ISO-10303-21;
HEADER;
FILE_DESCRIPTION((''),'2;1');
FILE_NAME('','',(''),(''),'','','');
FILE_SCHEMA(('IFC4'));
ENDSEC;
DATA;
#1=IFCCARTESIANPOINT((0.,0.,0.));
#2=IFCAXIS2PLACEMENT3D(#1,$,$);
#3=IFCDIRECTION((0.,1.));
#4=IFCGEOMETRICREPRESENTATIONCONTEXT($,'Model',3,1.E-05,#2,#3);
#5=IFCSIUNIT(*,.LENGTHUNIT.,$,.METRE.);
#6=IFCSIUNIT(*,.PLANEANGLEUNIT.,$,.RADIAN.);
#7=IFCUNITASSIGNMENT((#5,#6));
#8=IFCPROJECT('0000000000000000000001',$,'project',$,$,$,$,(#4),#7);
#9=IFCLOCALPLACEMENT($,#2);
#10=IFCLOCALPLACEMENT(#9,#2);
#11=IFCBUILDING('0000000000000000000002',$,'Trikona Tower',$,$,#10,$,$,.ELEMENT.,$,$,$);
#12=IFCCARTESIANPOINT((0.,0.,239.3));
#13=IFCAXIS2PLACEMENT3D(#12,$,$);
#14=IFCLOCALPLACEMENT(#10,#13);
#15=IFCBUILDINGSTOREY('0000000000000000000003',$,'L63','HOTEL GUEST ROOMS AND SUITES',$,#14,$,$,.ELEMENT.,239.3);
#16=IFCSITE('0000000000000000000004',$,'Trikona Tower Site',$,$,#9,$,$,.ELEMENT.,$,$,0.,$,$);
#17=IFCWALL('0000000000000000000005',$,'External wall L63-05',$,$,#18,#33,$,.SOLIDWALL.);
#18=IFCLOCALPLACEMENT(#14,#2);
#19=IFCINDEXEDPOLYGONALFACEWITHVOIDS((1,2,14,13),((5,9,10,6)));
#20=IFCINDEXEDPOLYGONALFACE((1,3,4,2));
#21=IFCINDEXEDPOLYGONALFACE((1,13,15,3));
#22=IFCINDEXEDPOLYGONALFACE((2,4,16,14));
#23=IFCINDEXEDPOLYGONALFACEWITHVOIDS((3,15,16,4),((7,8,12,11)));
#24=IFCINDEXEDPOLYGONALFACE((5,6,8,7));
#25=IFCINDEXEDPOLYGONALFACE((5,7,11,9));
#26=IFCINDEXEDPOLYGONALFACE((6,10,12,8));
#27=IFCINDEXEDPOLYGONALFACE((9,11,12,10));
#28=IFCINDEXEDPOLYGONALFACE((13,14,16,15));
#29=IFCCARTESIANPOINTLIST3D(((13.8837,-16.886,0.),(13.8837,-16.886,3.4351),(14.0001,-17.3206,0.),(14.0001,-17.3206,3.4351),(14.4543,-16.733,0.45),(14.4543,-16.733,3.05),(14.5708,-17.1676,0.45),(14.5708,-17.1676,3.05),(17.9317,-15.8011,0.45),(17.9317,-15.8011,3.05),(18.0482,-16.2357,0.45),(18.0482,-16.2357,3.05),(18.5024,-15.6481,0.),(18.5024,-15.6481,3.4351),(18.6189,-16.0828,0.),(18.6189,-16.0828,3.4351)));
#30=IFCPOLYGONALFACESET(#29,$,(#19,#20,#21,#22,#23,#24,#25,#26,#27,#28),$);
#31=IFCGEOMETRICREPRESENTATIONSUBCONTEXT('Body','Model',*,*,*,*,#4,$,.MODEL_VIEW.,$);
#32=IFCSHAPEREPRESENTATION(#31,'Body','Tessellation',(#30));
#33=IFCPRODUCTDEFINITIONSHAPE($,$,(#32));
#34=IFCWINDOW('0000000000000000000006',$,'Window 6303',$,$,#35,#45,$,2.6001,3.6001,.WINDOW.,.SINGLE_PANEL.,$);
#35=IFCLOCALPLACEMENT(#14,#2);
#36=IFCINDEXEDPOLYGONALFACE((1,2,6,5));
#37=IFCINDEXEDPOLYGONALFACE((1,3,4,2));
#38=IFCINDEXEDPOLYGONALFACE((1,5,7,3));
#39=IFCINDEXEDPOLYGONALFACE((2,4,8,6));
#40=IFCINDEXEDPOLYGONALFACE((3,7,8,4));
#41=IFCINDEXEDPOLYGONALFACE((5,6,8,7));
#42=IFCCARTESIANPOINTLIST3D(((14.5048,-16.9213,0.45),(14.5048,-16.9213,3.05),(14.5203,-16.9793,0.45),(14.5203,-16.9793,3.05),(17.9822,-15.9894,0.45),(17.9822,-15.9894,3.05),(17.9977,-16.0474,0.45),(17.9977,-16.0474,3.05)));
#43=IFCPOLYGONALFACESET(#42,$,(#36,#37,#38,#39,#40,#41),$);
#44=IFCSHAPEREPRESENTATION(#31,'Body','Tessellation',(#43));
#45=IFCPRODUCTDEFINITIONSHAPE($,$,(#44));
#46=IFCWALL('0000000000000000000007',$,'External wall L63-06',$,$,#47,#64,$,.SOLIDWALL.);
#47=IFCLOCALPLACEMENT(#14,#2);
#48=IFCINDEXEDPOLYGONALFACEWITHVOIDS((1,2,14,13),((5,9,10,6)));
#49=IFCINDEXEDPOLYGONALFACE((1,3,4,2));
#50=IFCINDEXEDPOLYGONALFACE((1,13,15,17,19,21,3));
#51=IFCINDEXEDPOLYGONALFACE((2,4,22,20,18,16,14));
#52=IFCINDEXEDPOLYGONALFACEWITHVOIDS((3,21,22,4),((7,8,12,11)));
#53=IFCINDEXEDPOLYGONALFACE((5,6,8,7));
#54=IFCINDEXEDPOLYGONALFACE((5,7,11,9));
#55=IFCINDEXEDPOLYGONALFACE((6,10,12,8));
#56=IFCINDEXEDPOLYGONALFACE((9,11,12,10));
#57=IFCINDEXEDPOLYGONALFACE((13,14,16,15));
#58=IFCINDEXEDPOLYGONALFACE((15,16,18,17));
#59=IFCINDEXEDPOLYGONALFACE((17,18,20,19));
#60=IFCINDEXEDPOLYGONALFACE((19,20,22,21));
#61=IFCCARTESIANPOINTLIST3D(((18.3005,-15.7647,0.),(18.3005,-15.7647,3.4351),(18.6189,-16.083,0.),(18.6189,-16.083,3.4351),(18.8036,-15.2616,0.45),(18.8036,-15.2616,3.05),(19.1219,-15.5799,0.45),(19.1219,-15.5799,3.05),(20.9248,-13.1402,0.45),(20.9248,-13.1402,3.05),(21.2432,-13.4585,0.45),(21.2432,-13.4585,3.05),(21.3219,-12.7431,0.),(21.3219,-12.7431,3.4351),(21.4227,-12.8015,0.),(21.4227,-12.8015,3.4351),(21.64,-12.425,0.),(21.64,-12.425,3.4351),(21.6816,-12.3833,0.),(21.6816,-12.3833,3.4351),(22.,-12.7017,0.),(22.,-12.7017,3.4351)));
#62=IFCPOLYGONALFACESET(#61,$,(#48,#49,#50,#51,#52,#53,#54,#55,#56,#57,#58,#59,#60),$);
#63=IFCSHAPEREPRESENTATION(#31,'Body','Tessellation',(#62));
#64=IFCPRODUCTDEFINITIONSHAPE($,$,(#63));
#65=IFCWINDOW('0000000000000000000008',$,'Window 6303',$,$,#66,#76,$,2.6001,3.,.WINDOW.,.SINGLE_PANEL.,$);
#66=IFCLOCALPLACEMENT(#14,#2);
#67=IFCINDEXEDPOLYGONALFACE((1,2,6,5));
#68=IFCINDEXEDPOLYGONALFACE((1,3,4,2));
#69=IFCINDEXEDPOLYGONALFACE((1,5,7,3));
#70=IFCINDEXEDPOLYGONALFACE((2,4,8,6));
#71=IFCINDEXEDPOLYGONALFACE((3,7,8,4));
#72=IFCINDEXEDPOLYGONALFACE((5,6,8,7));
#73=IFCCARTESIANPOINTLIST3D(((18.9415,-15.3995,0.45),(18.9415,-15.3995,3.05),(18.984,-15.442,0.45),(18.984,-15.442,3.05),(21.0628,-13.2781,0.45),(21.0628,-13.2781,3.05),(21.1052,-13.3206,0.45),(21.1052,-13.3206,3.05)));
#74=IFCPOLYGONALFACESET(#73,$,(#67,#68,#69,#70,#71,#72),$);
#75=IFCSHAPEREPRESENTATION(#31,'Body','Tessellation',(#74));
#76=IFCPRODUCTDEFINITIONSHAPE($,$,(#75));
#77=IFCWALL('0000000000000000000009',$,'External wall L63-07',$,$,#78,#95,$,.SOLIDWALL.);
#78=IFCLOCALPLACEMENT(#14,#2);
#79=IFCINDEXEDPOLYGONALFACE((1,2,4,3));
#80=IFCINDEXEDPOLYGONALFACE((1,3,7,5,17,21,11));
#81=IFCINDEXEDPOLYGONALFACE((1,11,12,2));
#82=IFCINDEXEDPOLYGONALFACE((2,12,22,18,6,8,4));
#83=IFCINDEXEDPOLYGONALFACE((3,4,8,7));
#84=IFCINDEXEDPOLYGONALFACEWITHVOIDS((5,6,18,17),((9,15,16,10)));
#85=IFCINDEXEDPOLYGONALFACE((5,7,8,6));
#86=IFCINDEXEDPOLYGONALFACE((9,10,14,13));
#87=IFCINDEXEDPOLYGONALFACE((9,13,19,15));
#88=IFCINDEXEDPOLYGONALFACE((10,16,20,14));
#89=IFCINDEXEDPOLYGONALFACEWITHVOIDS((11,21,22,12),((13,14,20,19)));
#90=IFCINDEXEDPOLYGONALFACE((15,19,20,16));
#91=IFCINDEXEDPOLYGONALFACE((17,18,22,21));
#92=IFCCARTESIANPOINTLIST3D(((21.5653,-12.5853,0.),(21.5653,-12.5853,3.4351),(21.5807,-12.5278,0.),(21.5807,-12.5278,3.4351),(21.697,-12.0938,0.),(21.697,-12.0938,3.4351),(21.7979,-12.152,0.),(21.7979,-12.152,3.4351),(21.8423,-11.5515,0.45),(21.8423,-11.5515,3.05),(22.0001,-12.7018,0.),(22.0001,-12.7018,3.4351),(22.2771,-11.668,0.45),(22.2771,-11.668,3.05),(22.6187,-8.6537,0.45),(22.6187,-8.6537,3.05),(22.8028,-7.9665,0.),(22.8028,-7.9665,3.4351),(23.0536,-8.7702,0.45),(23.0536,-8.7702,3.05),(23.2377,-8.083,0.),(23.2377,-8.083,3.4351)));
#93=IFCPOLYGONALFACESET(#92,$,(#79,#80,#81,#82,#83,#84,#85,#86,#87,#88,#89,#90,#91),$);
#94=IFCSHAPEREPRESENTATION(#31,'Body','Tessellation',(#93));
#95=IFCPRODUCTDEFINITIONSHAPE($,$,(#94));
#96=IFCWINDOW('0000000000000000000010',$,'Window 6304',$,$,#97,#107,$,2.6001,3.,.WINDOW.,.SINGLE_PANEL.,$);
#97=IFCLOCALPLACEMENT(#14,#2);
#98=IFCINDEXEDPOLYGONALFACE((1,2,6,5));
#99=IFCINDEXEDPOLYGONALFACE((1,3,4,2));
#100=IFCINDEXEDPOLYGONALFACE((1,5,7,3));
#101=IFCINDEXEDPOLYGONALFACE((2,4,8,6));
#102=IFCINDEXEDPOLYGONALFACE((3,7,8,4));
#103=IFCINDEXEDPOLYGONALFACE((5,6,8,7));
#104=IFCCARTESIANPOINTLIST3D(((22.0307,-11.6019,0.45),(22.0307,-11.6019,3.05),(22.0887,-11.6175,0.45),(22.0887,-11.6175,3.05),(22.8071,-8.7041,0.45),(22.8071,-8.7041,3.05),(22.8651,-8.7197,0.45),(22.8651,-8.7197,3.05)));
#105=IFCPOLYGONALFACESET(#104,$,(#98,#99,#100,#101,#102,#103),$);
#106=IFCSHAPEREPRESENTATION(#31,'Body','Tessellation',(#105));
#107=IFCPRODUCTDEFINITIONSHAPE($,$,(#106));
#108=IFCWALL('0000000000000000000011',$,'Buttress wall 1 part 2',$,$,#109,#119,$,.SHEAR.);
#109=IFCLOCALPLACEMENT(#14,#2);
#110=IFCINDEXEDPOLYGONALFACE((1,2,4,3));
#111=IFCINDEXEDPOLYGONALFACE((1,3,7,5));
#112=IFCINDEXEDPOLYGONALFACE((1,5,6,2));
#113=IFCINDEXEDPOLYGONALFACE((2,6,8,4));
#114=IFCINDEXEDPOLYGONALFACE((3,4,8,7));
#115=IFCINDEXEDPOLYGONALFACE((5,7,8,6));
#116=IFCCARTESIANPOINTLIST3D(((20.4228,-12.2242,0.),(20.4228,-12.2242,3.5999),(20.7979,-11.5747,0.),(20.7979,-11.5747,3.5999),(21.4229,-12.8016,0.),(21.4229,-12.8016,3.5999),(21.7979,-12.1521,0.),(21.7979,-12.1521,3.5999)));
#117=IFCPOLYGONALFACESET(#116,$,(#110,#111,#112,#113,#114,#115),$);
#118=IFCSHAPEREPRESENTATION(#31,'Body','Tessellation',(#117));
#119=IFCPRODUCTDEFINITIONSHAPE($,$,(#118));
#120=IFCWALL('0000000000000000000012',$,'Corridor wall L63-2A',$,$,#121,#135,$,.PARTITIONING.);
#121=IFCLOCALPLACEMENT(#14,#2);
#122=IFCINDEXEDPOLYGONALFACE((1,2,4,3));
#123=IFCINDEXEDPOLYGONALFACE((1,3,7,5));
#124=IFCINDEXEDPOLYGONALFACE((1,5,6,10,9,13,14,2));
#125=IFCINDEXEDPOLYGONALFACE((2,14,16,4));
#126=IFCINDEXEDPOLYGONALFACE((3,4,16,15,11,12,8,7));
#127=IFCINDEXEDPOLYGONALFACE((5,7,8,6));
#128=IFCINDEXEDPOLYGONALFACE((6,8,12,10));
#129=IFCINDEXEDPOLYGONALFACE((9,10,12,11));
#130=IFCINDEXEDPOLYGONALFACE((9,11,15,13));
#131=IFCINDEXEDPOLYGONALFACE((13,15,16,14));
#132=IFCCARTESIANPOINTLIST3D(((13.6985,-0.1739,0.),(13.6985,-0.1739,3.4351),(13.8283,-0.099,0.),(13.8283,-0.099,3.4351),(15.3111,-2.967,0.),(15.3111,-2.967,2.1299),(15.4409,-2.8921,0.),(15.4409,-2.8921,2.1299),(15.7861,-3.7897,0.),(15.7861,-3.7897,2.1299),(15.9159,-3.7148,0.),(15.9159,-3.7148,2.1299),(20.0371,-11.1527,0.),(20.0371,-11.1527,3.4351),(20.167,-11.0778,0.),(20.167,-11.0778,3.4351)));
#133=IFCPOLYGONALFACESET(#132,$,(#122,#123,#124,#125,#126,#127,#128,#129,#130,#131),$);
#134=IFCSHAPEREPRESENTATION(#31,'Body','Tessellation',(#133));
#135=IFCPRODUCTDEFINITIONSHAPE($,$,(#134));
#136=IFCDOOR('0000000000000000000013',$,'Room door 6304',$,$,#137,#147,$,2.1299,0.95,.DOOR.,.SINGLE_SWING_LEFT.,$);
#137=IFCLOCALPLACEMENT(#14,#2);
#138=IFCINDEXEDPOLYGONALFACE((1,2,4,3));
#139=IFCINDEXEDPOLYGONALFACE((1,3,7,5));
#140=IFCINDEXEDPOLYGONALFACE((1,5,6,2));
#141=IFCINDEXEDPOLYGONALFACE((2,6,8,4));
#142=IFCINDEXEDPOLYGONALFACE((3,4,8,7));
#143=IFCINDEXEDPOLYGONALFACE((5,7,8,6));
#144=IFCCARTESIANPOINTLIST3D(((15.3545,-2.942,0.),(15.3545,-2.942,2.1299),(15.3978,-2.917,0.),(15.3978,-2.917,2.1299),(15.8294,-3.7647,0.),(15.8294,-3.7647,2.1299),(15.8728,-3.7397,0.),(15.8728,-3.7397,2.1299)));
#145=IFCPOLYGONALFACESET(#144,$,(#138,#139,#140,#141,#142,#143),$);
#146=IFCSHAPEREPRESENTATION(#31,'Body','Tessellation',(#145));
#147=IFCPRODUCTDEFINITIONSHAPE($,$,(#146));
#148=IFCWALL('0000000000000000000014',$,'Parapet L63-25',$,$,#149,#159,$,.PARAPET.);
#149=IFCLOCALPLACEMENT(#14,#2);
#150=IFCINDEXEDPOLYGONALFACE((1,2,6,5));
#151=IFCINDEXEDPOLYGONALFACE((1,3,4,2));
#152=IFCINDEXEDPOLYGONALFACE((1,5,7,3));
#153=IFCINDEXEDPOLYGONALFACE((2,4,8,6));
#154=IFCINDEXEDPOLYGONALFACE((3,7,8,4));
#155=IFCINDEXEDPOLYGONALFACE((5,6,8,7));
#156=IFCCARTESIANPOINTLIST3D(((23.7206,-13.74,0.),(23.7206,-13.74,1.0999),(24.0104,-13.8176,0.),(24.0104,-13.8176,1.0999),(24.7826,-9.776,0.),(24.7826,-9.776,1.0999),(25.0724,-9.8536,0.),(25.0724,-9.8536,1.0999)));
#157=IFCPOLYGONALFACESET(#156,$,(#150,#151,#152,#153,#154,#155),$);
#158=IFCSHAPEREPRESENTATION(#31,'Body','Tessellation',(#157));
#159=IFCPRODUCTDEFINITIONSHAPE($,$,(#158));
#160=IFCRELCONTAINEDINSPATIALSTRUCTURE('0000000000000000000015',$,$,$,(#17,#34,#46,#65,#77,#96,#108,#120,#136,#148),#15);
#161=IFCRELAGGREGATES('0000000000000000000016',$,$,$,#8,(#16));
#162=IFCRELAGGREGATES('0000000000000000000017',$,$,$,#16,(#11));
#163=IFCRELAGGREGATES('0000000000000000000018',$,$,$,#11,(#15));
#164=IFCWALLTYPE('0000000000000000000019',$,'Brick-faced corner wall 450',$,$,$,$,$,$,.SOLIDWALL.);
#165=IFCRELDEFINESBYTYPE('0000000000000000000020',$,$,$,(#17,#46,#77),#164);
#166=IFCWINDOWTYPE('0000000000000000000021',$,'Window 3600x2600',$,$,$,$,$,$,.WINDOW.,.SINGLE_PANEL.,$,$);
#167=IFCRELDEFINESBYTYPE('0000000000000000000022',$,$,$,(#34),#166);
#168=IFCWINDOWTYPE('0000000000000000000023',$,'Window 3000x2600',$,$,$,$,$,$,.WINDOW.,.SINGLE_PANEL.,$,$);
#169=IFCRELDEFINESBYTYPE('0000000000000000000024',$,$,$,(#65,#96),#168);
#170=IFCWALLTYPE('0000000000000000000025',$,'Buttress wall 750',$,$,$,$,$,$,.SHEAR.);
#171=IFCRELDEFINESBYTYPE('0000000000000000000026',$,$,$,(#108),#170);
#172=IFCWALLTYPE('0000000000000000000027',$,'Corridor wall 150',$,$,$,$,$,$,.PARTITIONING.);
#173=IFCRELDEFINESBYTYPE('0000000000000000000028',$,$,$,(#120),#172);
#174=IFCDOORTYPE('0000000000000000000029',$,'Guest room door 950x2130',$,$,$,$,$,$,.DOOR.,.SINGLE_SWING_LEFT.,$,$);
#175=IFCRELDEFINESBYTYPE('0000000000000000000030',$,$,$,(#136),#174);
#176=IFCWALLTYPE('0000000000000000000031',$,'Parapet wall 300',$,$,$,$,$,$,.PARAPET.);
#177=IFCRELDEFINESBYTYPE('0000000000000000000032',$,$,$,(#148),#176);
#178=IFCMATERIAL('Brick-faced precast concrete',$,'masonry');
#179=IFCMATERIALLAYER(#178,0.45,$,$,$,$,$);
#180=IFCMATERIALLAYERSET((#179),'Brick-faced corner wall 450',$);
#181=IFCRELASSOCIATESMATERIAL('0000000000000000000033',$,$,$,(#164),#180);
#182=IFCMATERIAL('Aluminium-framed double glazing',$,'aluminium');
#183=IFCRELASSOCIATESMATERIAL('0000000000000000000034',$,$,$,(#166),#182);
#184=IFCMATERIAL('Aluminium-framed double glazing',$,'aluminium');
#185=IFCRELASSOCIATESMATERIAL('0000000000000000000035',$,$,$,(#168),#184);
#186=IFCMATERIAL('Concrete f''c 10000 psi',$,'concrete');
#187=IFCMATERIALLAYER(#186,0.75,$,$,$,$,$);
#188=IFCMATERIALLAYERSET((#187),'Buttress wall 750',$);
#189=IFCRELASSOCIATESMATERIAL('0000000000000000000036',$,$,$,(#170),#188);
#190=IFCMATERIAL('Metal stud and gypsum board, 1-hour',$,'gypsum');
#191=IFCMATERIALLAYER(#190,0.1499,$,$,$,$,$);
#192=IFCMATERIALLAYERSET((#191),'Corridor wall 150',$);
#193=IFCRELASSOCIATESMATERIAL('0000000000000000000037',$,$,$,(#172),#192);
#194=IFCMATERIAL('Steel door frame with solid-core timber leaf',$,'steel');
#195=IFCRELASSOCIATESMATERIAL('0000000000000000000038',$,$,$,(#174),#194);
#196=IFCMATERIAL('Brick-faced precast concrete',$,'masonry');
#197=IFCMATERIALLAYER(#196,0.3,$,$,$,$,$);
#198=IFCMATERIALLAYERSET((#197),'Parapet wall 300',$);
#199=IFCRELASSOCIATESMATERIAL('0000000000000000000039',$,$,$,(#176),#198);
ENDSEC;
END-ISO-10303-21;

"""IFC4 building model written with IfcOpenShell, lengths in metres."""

from ifc_helpers import new_model, si_unit, direction, frame, frame_2d, origin, place, context, subcontext, project, spatial, polyline, rectangle, outline, extrude, material, layer, layer_set, type_object, element, fill, save


model = new_model("IFC4")

# Units and contexts
model_context = context("Model", 3, precision=1e-05, world=origin(), true_north=direction((0.0, 1.0)))
body_context = subcontext(model_context, "Body", "Model", "MODEL_VIEW")
ifc_project = project(units=[si_unit("LENGTHUNIT", "METRE"), si_unit("PLANEANGLEUNIT", "RADIAN")], contexts=[model_context])

# Site, building, storey
site_placement = place(None, origin())
site = spatial("IfcSite", under=ifc_project, at=site_placement, Name="Trikona Tower Site", CompositionType="ELEMENT", RefElevation=0.0)
building_placement = place(site_placement, origin())
building = spatial("IfcBuilding", under=site, at=building_placement, Name="Trikona Tower", CompositionType="ELEMENT")
storey_placement = place(building_placement, frame((0.0, 0.0, 239.3)))
storey = spatial("IfcBuildingStorey", under=building, at=storey_placement, Name="L63", Description="HOTEL GUEST ROOMS AND SUITES", CompositionType="ELEMENT", Elevation=239.3)

# Walls, openings, windows
ifc_material_1 = material(Name="Brick-faced precast concrete", Category="masonry")
ifc_layer_1 = layer(ifc_material_1, 0.45)
ifc_layer_set_1 = layer_set([ifc_layer_1], Name="Brick-faced corner wall 450")
wall_type_1 = type_object("IfcWallType", Name="Brick-faced corner wall 450", PredefinedType="SOLIDWALL", material=ifc_layer_set_1)
wall_1_placement = place(storey_placement, frame((13.9419, -17.1033, 0.0), z_axis=(0.0, 0.0, 1.0), x_axis=(0.965914, 0.258864, 0.0)))
wall_1 = element("IfcWall", 1, at=wall_1_placement, inside=storey, type_object=wall_type_1, Name="External wall L63-05", PredefinedType="SOLIDWALL", context=body_context, shape_type="SweptSolid", body=[
    extrude(rectangle(XDim=4.7817, YDim=0.45, at=frame_2d((2.3909, 0.0))), origin(), (0.0, 0.0, 1.0), 3.4351),
])
opening_1_placement = place(wall_1_placement, frame((0.5908, 0.0, 0.45)))
opening_1 = element("IfcOpeningElement", 2, at=opening_1_placement, cuts=wall_1, PredefinedType="OPENING", context=body_context, shape_type="SweptSolid", body=[
    extrude(rectangle(XDim=3.6001, YDim=2.6001, at=frame_2d((1.8, 1.3))), frame((0.0, 0.2349, 0.0), z_axis=(0.0, -1.0, 0.0), x_axis=(1.0, 0.0, 0.0)), (0.0, 0.0, 1.0), 0.47),
])
ifc_material_2 = material(Name="Aluminium-framed double glazing", Category="aluminium")
window_type_1 = type_object("IfcWindowType", Name="Window 3600x2600", PartitioningType="SINGLE_PANEL", PredefinedType="WINDOW", material=ifc_material_2)
window_1_placement = place(opening_1_placement, origin())
window_1 = element("IfcWindow", 3, at=window_1_placement, inside=storey, type_object=window_type_1, Name="Window 6303", OverallHeight=2.6001, OverallWidth=3.6001, PartitioningType="SINGLE_PANEL", PredefinedType="WINDOW", context=body_context, shape_type="SweptSolid", body=[
    extrude(rectangle(XDim=3.6001, YDim=2.6001, at=frame_2d((1.8, 1.3))), frame((0.0, 0.03, 0.0), z_axis=(0.0, -1.0, 0.0), x_axis=(1.0, 0.0, 0.0)), (0.0, 0.0, 1.0), 0.0601),
])
fill(opening_1, window_1)
wall_2_placement = place(storey_placement, frame((18.4597, -15.9238, 0.0), z_axis=(0.0, 0.0, 1.0), x_axis=(0.707081, 0.707132, 0.0)))
wall_2 = element("IfcWall", 4, at=wall_2_placement, inside=storey, type_object=wall_type_1, Name="External wall L63-06", PredefinedType="SOLIDWALL", context=body_context, shape_type="SweptSolid", body=[
    extrude(outline(polyline([(4.7817, 0.2251), (4.7229, 0.2251), (4.303, 0.1125), (4.2729, 0.2251), (0.0, 0.2251), (0.0, -0.2251), (4.7817, -0.2251), (4.7817, 0.2251)])), origin(), (0.0, 0.0, 1.0), 3.4351),
])
opening_2_placement = place(wall_2_placement, frame((0.7114, 0.0, 0.45)))
opening_2 = element("IfcOpeningElement", 5, at=opening_2_placement, cuts=wall_2, PredefinedType="OPENING", context=body_context, shape_type="SweptSolid", body=[
    extrude(rectangle(XDim=3.0, YDim=2.6001, at=frame_2d((1.5, 1.3))), frame((0.0, 0.2349, 0.0), z_axis=(0.0, -1.0, 0.0), x_axis=(1.0, 0.0, 0.0)), (0.0, 0.0, 1.0), 0.47),
])
ifc_material_3 = material(Name="Aluminium-framed double glazing", Category="aluminium")
window_type_2 = type_object("IfcWindowType", Name="Window 3000x2600", PartitioningType="SINGLE_PANEL", PredefinedType="WINDOW", material=ifc_material_3)
window_2_placement = place(opening_2_placement, origin())
window_2 = element("IfcWindow", 6, at=window_2_placement, inside=storey, type_object=window_type_2, Name="Window 6303", OverallHeight=2.6001, OverallWidth=3.0, PartitioningType="SINGLE_PANEL", PredefinedType="WINDOW", context=body_context, shape_type="SweptSolid", body=[
    extrude(rectangle(XDim=3.0, YDim=2.6001, at=frame_2d((1.5, 1.3))), frame((0.0, 0.03, 0.0), z_axis=(0.0, -1.0, 0.0), x_axis=(1.0, 0.0, 0.0)), (0.0, 0.0, 1.0), 0.0601),
])
fill(opening_2, window_2)
wall_3_placement = place(storey_placement, frame((21.7827, -12.6436, 0.0), z_axis=(0.0, 0.0, 1.0), x_axis=(0.258803, 0.96593, 0.0)))
wall_3 = element("IfcWall", 7, at=wall_3_placement, inside=storey, type_object=wall_type_1, Name="External wall L63-07", PredefinedType="SOLIDWALL", context=body_context, shape_type="SweptSolid", body=[
    extrude(outline(polyline([(4.7817, 0.2251), (0.5088, 0.2251), (0.4788, 0.1125), (0.0596, 0.2251), (0.0, 0.2251), (0.0, -0.2251), (4.7817, -0.2251), (4.7817, 0.2251)])), origin(), (0.0, 0.0, 1.0), 3.4351),
])
opening_3_placement = place(wall_3_placement, frame((1.0703, 0.0, 0.45)))
opening_3 = element("IfcOpeningElement", 8, at=opening_3_placement, cuts=wall_3, PredefinedType="OPENING", context=body_context, shape_type="SweptSolid", body=[
    extrude(rectangle(XDim=3.0, YDim=2.6001, at=frame_2d((1.5, 1.3))), frame((0.0, 0.2349, 0.0), z_axis=(0.0, -1.0, 0.0), x_axis=(1.0, 0.0, 0.0)), (0.0, 0.0, 1.0), 0.47),
])
window_3_placement = place(opening_3_placement, origin())
window_3 = element("IfcWindow", 9, at=window_3_placement, inside=storey, type_object=window_type_2, Name="Window 6304", OverallHeight=2.6001, OverallWidth=3.0, PartitioningType="SINGLE_PANEL", PredefinedType="WINDOW", context=body_context, shape_type="SweptSolid", body=[
    extrude(rectangle(XDim=3.0, YDim=2.6001, at=frame_2d((1.5, 1.3))), frame((0.0, 0.03, 0.0), z_axis=(0.0, -1.0, 0.0), x_axis=(1.0, 0.0, 0.0)), (0.0, 0.0, 1.0), 0.0601),
])
fill(opening_3, window_3)

# Wall
ifc_material_4 = material(Name="Concrete f'c 10000 psi", Category="concrete")
ifc_layer_2 = layer(ifc_material_4, 0.75)
ifc_layer_set_2 = layer_set([ifc_layer_2], Name="Buttress wall 750")
wall_type_2 = type_object("IfcWallType", Name="Buttress wall 750", PredefinedType="SHEAR", material=ifc_layer_set_2)
wall_4_placement = place(storey_placement, frame((20.6104, -11.8994, 0.0), z_axis=(0.0, 0.0, 1.0), x_axis=(0.86601, -0.500027, 0.0)))
element("IfcWall", 10, at=wall_4_placement, inside=storey, type_object=wall_type_2, Name="Buttress wall 1 part 2", PredefinedType="SHEAR", context=body_context, shape_type="SweptSolid", body=[
    extrude(rectangle(XDim=1.1548, YDim=0.75, at=frame_2d((0.5774, 0.0))), origin(), (0.0, 0.0, 1.0), 3.5999),
])

# Wall, opening, door
ifc_material_5 = material(Name="Metal stud and gypsum board, 1-hour", Category="gypsum")
ifc_layer_3 = layer(ifc_material_5, 0.1499)
ifc_layer_set_3 = layer_set([ifc_layer_3], Name="Corridor wall 150")
wall_type_3 = type_object("IfcWallType", Name="Corridor wall 150", PredefinedType="PARTITIONING", material=ifc_layer_set_3)
wall_5_placement = place(storey_placement, frame((20.1021, -11.1152, 0.0), z_axis=(0.0, 0.0, 1.0), x_axis=(-0.500002, 0.866024, 0.0)))
wall_5 = element("IfcWall", 11, at=wall_5_placement, inside=storey, type_object=wall_type_3, Name="Corridor wall L63-2A", PredefinedType="PARTITIONING", context=body_context, shape_type="SweptSolid", body=[
    extrude(rectangle(XDim=12.6772, YDim=0.1499, at=frame_2d((6.3386, 0.0))), origin(), (0.0, 0.0, 1.0), 3.4351),
])
opening_4_placement = place(wall_5_placement, frame((8.502, 0.0, 0.0)))
opening_4 = element("IfcOpeningElement", 12, at=opening_4_placement, cuts=wall_5, PredefinedType="OPENING", context=body_context, shape_type="SweptSolid", body=[
    extrude(rectangle(XDim=0.95, YDim=2.1299, at=frame_2d((0.4751, 1.0649))), frame((0.0, 0.085, 0.0), z_axis=(0.0, -1.0, 0.0), x_axis=(1.0, 0.0, 0.0)), (0.0, 0.0, 1.0), 0.1699),
])
ifc_material_6 = material(Name="Steel door frame with solid-core timber leaf", Category="steel")
door_type_1 = type_object("IfcDoorType", Name="Guest room door 950x2130", OperationType="SINGLE_SWING_LEFT", PredefinedType="DOOR", material=ifc_material_6)
door_1_placement = place(opening_4_placement, origin())
door_1 = element("IfcDoor", 13, at=door_1_placement, inside=storey, type_object=door_type_1, Name="Room door 6304", OperationType="SINGLE_SWING_LEFT", OverallHeight=2.1299, OverallWidth=0.95, PredefinedType="DOOR", context=body_context, shape_type="SweptSolid", body=[
    extrude(rectangle(XDim=0.95, YDim=2.1299, at=frame_2d((0.4751, 1.0649))), frame((0.0, 0.0249, 0.0), z_axis=(0.0, -1.0, 0.0), x_axis=(1.0, 0.0, 0.0)), (0.0, 0.0, 1.0), 0.05),
])
fill(opening_4, door_1)

# Wall
ifc_material_7 = material(Name="Brick-faced precast concrete", Category="masonry")
ifc_layer_4 = layer(ifc_material_7, 0.3)
ifc_layer_set_4 = layer_set([ifc_layer_4], Name="Parapet wall 300")
wall_type_4 = type_object("IfcWallType", Name="Parapet wall 300", PredefinedType="PARAPET", material=ifc_layer_set_4)
wall_6_placement = place(storey_placement, frame((24.9275, -9.8149, 0.0), z_axis=(0.0, 0.0, 1.0), x_axis=(-0.258796, -0.965932, 0.0)))
element("IfcWall", 14, at=wall_6_placement, inside=storey, type_object=wall_type_4, Name="Parapet L63-25", PredefinedType="PARAPET", context=body_context, shape_type="SweptSolid", body=[
    extrude(rectangle(XDim=4.1038, YDim=0.3, at=frame_2d((2.0518, 0.0))), origin(), (0.0, 0.0, 1.0), 1.0999),
])

save(model, "model.ifc")
